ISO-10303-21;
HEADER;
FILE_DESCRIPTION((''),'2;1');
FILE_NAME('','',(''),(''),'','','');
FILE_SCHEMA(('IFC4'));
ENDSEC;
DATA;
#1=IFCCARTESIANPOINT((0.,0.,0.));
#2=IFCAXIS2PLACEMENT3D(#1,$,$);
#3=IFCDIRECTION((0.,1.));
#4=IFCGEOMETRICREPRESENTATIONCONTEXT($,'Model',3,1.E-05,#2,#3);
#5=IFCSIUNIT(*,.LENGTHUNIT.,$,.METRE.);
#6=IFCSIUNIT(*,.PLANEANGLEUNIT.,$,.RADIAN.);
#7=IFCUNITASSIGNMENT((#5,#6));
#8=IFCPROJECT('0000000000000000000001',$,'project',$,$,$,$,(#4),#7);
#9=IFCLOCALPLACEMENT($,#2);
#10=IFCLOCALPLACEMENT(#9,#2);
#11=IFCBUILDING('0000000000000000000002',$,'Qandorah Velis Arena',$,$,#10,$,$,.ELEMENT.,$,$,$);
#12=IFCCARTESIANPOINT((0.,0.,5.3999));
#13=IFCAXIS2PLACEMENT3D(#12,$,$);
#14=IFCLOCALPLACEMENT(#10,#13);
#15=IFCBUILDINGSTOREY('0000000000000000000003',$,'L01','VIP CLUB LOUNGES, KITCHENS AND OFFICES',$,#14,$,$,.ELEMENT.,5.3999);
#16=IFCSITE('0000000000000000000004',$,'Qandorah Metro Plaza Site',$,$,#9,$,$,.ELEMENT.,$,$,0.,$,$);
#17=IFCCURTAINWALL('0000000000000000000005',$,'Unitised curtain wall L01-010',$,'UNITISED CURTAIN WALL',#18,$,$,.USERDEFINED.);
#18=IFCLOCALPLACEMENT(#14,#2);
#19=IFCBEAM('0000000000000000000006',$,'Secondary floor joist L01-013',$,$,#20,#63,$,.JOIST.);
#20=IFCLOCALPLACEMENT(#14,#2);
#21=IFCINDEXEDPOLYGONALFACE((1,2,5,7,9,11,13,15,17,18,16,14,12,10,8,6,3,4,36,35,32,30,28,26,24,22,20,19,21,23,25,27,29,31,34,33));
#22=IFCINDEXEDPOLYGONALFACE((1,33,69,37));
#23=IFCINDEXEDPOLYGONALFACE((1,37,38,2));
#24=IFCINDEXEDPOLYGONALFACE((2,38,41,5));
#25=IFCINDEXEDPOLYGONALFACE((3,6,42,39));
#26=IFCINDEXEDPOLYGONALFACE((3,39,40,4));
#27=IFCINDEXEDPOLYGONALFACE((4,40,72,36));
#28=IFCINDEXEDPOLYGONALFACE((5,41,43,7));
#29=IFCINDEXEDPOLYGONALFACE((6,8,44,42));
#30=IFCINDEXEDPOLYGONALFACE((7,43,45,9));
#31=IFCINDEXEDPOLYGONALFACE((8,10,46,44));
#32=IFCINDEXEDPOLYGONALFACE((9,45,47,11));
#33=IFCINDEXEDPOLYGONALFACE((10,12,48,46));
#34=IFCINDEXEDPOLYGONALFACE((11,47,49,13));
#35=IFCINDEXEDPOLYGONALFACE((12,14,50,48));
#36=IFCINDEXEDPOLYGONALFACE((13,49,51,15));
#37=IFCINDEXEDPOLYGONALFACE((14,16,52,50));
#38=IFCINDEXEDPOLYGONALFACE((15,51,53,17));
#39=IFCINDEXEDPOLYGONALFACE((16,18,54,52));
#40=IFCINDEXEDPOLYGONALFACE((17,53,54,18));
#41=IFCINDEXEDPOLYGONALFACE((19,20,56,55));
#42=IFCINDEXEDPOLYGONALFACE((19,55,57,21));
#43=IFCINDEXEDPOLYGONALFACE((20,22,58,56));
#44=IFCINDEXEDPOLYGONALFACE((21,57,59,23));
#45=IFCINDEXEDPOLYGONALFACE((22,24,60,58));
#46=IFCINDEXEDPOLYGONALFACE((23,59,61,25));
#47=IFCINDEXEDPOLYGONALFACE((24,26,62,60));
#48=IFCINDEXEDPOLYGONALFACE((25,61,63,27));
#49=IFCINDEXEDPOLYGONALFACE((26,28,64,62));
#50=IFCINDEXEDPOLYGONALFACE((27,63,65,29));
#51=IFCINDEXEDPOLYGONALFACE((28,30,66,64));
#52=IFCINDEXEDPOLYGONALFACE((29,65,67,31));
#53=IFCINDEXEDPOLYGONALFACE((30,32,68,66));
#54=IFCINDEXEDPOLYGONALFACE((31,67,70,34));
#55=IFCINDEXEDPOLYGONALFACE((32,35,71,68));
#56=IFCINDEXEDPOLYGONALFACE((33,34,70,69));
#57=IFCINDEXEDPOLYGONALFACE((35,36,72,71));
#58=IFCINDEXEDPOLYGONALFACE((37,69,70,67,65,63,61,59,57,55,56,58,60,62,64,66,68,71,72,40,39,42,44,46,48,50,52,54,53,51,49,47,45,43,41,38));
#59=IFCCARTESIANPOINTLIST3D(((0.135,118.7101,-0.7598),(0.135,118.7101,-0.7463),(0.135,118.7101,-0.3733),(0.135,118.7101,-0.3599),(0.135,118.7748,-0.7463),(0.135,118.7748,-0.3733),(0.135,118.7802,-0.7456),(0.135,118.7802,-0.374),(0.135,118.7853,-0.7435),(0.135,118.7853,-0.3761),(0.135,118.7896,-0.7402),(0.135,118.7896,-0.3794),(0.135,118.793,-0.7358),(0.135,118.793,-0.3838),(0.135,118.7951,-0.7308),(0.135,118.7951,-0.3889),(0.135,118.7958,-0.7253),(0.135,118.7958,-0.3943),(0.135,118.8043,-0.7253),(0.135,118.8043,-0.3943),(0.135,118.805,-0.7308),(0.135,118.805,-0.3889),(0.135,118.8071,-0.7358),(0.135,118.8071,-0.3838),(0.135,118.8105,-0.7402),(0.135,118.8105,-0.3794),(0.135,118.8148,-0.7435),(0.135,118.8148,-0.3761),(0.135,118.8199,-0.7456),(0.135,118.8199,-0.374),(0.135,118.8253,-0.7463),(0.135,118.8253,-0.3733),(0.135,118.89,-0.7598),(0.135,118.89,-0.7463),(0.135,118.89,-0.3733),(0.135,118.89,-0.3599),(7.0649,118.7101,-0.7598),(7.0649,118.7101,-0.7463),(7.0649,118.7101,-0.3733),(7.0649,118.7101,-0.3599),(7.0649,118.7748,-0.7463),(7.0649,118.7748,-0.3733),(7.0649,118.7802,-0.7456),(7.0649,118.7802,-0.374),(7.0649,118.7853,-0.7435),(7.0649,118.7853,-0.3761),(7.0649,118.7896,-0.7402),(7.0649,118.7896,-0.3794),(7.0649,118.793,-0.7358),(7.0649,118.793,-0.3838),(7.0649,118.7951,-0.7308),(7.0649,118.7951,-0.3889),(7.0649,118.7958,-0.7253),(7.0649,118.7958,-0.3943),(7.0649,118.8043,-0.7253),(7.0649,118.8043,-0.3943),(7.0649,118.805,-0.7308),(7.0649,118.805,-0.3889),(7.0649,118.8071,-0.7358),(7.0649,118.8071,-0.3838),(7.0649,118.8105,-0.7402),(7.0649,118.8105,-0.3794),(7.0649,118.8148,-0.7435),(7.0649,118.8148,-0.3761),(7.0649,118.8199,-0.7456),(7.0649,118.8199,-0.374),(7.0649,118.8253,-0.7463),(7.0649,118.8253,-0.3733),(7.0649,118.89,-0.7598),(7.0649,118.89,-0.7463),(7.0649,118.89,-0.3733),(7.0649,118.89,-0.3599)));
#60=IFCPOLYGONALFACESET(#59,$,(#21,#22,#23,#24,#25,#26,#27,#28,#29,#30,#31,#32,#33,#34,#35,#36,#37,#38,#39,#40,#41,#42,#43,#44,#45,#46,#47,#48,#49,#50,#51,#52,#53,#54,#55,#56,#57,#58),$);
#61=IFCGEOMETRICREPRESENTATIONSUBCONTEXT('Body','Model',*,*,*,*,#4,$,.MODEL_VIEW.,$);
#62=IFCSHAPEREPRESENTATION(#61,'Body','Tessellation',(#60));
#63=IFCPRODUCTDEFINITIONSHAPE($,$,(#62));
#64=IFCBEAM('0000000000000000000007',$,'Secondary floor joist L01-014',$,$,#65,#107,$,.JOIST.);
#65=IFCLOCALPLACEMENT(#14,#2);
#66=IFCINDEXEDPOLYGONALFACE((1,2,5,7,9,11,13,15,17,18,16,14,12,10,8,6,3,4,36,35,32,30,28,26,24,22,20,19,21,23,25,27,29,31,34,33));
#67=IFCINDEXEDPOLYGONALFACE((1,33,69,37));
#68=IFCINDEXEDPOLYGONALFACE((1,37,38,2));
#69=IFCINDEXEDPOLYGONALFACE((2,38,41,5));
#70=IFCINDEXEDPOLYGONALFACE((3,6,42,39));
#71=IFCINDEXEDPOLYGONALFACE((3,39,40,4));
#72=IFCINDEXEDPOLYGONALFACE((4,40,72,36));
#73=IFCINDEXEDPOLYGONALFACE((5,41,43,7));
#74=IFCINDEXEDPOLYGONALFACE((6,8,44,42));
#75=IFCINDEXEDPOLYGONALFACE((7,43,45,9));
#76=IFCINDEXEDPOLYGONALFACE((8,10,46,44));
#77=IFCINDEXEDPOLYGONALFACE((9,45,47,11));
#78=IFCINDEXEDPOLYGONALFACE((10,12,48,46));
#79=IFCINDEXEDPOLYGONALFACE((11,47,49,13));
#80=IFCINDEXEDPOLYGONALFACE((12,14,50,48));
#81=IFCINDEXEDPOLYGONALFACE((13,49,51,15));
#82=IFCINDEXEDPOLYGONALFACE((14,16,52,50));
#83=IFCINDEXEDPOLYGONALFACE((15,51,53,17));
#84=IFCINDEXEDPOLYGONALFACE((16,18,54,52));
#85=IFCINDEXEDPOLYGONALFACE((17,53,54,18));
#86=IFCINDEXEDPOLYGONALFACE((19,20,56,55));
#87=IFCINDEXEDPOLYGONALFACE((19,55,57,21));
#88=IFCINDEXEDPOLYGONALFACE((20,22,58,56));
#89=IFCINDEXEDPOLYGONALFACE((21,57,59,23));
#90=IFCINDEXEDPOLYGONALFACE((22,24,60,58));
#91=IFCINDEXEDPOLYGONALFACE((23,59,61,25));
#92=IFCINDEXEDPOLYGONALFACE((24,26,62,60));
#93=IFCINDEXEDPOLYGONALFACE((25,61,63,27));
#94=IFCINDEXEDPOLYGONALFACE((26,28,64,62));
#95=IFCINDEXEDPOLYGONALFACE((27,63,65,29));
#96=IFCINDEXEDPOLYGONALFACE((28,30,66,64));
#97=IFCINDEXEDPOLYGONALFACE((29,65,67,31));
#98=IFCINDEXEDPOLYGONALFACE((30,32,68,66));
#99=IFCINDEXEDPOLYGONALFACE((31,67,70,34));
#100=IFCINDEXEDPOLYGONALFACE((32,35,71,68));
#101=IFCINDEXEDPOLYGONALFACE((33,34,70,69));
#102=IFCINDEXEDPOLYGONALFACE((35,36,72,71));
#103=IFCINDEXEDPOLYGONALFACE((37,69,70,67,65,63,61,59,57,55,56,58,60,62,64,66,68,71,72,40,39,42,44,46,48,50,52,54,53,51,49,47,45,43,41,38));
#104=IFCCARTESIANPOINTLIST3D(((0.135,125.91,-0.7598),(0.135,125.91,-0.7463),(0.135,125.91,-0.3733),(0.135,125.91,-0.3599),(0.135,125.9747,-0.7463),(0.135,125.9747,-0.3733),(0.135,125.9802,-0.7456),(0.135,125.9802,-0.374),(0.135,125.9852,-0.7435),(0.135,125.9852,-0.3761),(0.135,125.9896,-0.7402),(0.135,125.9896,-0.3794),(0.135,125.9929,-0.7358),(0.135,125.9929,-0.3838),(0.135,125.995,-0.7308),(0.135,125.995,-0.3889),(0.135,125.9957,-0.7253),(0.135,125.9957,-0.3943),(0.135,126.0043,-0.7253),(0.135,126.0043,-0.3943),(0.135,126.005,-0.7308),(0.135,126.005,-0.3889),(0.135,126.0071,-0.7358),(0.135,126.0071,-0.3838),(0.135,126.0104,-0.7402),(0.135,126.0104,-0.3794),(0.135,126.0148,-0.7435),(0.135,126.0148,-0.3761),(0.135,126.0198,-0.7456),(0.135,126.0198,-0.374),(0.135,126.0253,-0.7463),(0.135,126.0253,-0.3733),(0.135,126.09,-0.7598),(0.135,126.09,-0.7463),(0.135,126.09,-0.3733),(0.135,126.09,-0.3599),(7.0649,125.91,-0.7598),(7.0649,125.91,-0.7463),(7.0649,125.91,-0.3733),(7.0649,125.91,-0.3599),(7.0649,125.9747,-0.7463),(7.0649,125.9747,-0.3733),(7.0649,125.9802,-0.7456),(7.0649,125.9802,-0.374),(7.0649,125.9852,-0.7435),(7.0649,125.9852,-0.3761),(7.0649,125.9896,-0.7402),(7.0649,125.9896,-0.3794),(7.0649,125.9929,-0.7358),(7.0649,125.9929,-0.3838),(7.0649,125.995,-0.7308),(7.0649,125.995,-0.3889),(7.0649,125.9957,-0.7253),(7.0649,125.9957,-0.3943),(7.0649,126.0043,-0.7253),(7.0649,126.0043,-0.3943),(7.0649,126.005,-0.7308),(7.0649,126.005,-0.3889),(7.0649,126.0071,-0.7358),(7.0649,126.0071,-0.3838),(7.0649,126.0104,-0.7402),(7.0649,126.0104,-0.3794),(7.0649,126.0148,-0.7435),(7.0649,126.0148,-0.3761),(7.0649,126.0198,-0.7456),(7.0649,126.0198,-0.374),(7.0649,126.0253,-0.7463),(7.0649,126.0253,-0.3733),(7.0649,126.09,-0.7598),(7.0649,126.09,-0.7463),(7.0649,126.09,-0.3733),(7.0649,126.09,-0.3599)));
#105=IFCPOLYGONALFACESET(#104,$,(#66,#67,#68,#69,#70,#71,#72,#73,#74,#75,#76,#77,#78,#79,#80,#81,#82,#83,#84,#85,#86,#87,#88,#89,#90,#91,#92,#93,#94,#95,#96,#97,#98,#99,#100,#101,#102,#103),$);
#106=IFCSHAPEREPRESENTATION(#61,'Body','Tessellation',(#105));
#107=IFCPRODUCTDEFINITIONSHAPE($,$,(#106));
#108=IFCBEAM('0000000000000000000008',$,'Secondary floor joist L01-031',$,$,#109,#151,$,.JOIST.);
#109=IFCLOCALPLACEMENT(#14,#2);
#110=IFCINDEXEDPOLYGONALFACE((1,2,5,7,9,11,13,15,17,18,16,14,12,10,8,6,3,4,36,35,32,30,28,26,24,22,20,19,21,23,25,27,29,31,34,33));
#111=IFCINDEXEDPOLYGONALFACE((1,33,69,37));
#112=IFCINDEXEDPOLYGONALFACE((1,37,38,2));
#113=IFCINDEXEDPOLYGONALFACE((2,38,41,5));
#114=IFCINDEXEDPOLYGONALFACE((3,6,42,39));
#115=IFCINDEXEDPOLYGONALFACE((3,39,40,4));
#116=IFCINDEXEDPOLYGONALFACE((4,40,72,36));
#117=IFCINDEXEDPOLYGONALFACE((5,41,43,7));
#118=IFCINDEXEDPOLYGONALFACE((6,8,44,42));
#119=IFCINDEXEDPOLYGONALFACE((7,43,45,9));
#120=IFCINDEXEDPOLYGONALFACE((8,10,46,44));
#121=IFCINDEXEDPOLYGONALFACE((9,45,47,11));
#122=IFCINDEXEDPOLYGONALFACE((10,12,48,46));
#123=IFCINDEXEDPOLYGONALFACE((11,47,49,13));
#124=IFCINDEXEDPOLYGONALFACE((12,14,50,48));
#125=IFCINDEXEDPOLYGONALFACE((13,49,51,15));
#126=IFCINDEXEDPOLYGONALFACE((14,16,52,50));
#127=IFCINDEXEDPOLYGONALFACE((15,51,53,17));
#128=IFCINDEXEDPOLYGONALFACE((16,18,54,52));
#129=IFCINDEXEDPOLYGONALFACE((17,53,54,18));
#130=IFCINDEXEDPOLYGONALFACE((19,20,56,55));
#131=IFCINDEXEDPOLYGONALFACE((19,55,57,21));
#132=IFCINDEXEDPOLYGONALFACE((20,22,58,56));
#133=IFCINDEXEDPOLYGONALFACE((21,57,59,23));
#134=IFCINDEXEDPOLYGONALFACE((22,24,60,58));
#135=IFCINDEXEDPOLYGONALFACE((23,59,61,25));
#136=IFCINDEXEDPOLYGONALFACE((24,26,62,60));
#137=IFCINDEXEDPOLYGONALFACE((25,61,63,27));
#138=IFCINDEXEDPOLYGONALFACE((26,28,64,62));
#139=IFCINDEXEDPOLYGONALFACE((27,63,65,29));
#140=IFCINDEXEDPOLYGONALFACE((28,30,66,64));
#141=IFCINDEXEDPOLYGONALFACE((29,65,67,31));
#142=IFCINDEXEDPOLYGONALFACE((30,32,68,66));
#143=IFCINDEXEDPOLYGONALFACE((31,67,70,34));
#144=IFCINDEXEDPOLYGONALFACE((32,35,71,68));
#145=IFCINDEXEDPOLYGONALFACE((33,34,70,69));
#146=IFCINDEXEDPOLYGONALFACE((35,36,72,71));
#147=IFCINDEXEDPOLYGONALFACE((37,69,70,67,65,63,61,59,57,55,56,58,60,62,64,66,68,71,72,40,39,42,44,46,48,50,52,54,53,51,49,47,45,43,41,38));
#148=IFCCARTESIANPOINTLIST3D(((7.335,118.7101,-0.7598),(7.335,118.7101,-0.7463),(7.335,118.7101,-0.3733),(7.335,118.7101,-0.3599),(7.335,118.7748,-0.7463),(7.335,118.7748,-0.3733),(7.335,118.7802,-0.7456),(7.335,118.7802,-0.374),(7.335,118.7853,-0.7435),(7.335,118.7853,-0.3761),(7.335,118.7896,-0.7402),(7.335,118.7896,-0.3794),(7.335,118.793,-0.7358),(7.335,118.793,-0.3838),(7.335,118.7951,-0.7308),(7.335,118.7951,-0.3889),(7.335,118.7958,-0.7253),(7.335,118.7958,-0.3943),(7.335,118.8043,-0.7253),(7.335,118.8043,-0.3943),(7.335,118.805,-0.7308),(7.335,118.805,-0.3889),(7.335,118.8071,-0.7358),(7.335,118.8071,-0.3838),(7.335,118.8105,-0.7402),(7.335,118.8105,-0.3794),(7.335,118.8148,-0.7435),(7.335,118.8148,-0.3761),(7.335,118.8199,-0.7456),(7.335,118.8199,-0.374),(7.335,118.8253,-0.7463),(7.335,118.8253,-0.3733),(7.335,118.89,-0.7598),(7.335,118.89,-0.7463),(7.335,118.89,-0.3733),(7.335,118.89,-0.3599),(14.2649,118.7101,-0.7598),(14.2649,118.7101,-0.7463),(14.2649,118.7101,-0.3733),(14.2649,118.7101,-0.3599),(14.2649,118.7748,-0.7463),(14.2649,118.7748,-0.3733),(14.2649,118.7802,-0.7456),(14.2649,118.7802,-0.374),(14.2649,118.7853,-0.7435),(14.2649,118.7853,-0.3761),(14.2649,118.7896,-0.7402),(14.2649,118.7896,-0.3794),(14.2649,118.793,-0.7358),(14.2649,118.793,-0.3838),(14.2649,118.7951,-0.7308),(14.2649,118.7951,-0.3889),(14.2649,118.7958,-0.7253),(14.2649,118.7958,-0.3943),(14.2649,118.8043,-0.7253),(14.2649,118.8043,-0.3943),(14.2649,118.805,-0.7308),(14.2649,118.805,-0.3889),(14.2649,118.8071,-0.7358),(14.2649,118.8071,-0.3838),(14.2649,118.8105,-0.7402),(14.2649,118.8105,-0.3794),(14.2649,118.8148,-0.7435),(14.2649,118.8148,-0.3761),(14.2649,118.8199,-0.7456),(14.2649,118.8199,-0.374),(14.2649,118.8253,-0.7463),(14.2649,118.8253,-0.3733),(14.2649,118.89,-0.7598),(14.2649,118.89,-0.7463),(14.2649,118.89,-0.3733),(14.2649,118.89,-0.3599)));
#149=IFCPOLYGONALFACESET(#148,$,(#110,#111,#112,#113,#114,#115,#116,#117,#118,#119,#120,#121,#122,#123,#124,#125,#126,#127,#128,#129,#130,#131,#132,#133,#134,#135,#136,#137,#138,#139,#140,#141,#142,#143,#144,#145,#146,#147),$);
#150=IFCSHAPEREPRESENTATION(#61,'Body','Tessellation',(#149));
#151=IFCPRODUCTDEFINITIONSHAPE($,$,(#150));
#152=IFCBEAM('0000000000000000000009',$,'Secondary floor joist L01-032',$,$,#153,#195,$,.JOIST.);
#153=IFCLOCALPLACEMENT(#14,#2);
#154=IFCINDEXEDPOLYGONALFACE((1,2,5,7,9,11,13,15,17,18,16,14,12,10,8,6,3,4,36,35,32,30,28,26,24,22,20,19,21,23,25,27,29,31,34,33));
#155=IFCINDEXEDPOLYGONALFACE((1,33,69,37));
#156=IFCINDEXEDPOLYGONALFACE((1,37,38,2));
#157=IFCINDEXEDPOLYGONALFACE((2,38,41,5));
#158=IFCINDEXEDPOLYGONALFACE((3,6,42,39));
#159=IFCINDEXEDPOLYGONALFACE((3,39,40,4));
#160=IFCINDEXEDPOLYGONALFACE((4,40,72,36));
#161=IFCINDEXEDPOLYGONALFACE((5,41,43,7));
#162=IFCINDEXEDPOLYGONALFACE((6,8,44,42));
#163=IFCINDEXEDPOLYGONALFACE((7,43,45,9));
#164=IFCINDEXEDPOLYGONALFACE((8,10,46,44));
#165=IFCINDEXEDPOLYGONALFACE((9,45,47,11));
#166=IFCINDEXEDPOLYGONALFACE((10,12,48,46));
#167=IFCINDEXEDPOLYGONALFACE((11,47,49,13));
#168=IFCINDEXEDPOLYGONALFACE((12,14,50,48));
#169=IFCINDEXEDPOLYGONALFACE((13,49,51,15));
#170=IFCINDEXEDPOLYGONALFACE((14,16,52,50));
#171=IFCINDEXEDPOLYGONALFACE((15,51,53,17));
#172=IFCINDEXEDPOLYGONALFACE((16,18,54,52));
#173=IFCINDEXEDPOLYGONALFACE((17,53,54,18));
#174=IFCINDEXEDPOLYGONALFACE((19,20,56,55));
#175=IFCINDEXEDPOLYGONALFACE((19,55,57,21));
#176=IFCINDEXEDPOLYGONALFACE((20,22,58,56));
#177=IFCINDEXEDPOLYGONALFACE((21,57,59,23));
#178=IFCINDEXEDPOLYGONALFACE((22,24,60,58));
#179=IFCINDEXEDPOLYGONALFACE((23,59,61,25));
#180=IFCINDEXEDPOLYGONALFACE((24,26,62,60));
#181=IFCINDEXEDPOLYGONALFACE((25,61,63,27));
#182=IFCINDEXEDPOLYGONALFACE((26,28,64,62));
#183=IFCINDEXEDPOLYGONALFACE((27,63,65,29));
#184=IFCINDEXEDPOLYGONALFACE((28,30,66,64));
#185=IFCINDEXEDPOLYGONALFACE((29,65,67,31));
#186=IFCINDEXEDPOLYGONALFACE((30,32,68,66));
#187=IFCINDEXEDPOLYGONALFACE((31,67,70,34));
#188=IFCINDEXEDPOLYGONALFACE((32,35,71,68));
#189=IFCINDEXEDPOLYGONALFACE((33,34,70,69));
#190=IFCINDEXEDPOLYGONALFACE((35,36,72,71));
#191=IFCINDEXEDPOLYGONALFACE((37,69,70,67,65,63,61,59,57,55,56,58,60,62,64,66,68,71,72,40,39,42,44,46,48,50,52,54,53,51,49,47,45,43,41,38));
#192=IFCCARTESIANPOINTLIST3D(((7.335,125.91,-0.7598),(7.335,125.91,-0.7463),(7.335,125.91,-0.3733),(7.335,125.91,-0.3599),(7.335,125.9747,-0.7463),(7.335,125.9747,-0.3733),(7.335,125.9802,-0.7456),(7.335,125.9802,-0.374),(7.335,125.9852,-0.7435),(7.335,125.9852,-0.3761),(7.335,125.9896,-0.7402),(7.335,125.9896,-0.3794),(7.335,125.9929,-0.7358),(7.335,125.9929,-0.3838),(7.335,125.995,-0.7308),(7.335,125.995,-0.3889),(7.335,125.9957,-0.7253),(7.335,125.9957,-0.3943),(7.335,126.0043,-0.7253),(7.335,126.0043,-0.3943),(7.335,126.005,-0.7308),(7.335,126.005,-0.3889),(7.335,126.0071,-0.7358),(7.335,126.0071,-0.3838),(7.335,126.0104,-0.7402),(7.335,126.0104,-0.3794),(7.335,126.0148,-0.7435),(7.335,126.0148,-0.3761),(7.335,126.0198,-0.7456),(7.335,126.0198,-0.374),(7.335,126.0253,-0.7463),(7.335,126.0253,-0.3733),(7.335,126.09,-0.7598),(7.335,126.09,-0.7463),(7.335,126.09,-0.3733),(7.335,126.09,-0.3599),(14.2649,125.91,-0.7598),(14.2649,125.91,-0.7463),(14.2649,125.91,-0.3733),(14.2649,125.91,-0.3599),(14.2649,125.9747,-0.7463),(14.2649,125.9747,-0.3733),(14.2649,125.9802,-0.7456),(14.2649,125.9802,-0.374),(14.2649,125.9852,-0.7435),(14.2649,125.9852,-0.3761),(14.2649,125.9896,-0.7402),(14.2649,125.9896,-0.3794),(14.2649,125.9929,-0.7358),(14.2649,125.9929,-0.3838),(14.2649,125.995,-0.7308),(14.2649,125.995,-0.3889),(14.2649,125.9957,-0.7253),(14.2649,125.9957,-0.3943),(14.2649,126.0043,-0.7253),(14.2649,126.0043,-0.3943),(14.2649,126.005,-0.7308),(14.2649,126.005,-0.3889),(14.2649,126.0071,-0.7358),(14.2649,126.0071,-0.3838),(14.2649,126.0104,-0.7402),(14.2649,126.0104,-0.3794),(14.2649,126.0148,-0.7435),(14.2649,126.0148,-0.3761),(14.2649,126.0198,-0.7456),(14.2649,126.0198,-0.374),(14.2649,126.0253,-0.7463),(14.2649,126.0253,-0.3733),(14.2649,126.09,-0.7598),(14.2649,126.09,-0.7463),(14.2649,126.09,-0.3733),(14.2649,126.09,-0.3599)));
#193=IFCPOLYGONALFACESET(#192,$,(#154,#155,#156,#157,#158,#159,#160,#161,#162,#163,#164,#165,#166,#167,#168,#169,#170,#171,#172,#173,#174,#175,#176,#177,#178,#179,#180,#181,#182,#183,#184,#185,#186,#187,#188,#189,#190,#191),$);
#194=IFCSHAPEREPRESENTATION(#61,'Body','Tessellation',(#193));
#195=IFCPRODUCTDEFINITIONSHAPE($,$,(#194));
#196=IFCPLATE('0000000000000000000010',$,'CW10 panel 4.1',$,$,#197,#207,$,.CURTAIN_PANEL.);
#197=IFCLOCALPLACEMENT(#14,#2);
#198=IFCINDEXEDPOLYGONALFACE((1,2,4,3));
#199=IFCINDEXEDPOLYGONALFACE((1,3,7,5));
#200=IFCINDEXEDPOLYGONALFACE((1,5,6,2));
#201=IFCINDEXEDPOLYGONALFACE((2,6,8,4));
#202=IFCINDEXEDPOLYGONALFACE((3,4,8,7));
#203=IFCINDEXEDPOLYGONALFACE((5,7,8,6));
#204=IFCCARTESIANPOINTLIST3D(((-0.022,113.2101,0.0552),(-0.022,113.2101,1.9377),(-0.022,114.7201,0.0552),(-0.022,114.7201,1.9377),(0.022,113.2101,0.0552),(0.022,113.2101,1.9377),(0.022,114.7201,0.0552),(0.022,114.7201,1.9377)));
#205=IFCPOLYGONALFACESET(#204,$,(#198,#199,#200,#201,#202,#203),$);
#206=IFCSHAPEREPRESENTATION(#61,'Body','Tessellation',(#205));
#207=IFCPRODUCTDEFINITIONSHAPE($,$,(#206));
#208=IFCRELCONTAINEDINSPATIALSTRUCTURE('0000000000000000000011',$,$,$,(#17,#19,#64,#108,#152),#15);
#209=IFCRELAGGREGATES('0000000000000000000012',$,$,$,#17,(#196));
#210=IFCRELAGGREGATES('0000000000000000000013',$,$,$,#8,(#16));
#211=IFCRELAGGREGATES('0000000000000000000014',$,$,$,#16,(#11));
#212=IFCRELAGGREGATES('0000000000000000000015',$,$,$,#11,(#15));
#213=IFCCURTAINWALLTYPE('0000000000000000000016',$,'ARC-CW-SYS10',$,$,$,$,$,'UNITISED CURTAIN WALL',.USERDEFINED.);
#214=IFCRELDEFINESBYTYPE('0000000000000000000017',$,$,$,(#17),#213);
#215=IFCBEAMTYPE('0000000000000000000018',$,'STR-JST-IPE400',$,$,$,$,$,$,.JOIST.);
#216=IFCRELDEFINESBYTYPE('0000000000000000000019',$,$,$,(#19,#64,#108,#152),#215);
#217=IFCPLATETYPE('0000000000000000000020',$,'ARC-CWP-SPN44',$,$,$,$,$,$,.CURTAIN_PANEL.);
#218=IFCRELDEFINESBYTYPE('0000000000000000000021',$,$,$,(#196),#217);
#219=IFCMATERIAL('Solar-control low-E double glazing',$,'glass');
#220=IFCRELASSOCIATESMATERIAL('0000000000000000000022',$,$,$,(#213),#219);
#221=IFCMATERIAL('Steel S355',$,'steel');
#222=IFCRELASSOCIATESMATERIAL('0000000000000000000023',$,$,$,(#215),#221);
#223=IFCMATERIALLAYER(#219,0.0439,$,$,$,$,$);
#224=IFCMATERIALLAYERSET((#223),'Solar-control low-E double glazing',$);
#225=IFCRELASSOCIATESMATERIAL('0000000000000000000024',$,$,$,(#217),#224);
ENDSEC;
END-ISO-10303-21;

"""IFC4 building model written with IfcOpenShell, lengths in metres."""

from ifc_helpers import new_model, si_unit, direction, frame, origin, origin_2d, place, context, subcontext, project, spatial, rectangle, i_section, extrude, material, layer, layer_set, material_profile, profile_set, type_object, element, aggregate, save


model = new_model("IFC4")

# Units and contexts
model_context = context("Model", 3, precision=1e-05, world=origin(), true_north=direction((0.0, 1.0)))
body_context = subcontext(model_context, "Body", "Model", "MODEL_VIEW")
ifc_project = project(units=[si_unit("LENGTHUNIT", "METRE"), si_unit("PLANEANGLEUNIT", "RADIAN")], contexts=[model_context])

# Site, building, storey
site_placement = place(None, origin())
site = spatial("IfcSite", under=ifc_project, at=site_placement, Name="Qandorah Metro Plaza Site", CompositionType="ELEMENT", RefElevation=0.0)
building_placement = place(site_placement, origin())
building = spatial("IfcBuilding", under=site, at=building_placement, Name="Qandorah Velis Arena", CompositionType="ELEMENT")
storey_placement = place(building_placement, frame((0.0, 0.0, 5.3999)))
storey = spatial("IfcBuildingStorey", under=building, at=storey_placement, Name="L01", Description="VIP CLUB LOUNGES, KITCHENS AND OFFICES", CompositionType="ELEMENT", Elevation=5.3999)

# Curtain wall
ifc_material_1 = material(Name="Solar-control low-E double glazing", Category="glass")
curtain_wall_type = type_object("IfcCurtainWallType", Name="ARC-CW-SYS10", ElementType="UNITISED CURTAIN WALL", PredefinedType="USERDEFINED", material=ifc_material_1)
curtain_wall_placement = place(storey_placement, origin())
curtain_wall = element("IfcCurtainWall", 1, at=curtain_wall_placement, inside=storey, type_object=curtain_wall_type, Name="Unitised curtain wall L01-010", ObjectType="UNITISED CURTAIN WALL", PredefinedType="USERDEFINED")

# Beams
ifc_material_2 = material(Name="Steel S355", Category="steel")
ifc_material_profile_1 = material_profile(ifc_material_2, i_section(OverallWidth=0.1799, OverallDepth=0.3999, WebThickness=0.0085, FlangeThickness=0.0134, FilletRadius=0.021, at=origin_2d()), Name="IPE 400")
ifc_profile_set_1 = profile_set([ifc_material_profile_1], Name="Steel S355")
beam_type_1 = type_object("IfcBeamType", Name="STR-JST-IPE400", PredefinedType="JOIST", material=ifc_profile_set_1)
for number, where, z_axis, x_axis, name in (
    (2, (0.135, 118.8, -0.5598), (1.0, 0.0, 0.0), (0.0, 1.0, 0.0), "Secondary floor joist L01-013"),
    (3, (0.135, 126.0, -0.5598), (1.0, 0.0, 0.0), (0.0, 1.0, 0.0), "Secondary floor joist L01-014"),
    (4, (7.335, 118.8, -0.5598), (1.0, 0.0, 0.0), (0.0, 1.0, 0.0), "Secondary floor joist L01-031"),
    (5, (7.335, 126.0, -0.5598), (1.0, 0.0, 0.0), (0.0, 1.0, 0.0), "Secondary floor joist L01-032"),
):
    element("IfcBeam", number, at=place(storey_placement, frame(where, z_axis=z_axis, x_axis=x_axis)), inside=storey, type_object=beam_type_1, Name=name, PredefinedType="JOIST", context=body_context, shape_type="SweptSolid", body=[
        extrude(i_section(OverallWidth=0.1799, OverallDepth=0.3999, WebThickness=0.0085, FlangeThickness=0.0134, FilletRadius=0.021, at=origin_2d()), origin(), (0.0, 0.0, 1.0), 6.9299),
    ])

# Plate
ifc_layer = layer(ifc_material_1, 0.0439)
ifc_layer_set = layer_set([ifc_layer], Name="Solar-control low-E double glazing")
plate_type = type_object("IfcPlateType", Name="ARC-CWP-SPN44", PredefinedType="CURTAIN_PANEL", material=ifc_layer_set)
plate_1_placement = place(storey_placement, frame((0.0, 113.9651, 0.0552), z_axis=(0.0, 0.0, 1.0), x_axis=(0.0, 1.0, 0.0)))
plate_1 = element("IfcPlate", 6, at=plate_1_placement, type_object=plate_type, Name="CW10 panel 4.1", PredefinedType="CURTAIN_PANEL", context=body_context, shape_type="SweptSolid", body=[
    extrude(rectangle(XDim=1.51, YDim=0.0439, at=origin_2d()), origin(), (0.0, 0.0, 1.0), 1.8826),
])
aggregate(curtain_wall, [plate_1])

save(model, "model.ifc")
